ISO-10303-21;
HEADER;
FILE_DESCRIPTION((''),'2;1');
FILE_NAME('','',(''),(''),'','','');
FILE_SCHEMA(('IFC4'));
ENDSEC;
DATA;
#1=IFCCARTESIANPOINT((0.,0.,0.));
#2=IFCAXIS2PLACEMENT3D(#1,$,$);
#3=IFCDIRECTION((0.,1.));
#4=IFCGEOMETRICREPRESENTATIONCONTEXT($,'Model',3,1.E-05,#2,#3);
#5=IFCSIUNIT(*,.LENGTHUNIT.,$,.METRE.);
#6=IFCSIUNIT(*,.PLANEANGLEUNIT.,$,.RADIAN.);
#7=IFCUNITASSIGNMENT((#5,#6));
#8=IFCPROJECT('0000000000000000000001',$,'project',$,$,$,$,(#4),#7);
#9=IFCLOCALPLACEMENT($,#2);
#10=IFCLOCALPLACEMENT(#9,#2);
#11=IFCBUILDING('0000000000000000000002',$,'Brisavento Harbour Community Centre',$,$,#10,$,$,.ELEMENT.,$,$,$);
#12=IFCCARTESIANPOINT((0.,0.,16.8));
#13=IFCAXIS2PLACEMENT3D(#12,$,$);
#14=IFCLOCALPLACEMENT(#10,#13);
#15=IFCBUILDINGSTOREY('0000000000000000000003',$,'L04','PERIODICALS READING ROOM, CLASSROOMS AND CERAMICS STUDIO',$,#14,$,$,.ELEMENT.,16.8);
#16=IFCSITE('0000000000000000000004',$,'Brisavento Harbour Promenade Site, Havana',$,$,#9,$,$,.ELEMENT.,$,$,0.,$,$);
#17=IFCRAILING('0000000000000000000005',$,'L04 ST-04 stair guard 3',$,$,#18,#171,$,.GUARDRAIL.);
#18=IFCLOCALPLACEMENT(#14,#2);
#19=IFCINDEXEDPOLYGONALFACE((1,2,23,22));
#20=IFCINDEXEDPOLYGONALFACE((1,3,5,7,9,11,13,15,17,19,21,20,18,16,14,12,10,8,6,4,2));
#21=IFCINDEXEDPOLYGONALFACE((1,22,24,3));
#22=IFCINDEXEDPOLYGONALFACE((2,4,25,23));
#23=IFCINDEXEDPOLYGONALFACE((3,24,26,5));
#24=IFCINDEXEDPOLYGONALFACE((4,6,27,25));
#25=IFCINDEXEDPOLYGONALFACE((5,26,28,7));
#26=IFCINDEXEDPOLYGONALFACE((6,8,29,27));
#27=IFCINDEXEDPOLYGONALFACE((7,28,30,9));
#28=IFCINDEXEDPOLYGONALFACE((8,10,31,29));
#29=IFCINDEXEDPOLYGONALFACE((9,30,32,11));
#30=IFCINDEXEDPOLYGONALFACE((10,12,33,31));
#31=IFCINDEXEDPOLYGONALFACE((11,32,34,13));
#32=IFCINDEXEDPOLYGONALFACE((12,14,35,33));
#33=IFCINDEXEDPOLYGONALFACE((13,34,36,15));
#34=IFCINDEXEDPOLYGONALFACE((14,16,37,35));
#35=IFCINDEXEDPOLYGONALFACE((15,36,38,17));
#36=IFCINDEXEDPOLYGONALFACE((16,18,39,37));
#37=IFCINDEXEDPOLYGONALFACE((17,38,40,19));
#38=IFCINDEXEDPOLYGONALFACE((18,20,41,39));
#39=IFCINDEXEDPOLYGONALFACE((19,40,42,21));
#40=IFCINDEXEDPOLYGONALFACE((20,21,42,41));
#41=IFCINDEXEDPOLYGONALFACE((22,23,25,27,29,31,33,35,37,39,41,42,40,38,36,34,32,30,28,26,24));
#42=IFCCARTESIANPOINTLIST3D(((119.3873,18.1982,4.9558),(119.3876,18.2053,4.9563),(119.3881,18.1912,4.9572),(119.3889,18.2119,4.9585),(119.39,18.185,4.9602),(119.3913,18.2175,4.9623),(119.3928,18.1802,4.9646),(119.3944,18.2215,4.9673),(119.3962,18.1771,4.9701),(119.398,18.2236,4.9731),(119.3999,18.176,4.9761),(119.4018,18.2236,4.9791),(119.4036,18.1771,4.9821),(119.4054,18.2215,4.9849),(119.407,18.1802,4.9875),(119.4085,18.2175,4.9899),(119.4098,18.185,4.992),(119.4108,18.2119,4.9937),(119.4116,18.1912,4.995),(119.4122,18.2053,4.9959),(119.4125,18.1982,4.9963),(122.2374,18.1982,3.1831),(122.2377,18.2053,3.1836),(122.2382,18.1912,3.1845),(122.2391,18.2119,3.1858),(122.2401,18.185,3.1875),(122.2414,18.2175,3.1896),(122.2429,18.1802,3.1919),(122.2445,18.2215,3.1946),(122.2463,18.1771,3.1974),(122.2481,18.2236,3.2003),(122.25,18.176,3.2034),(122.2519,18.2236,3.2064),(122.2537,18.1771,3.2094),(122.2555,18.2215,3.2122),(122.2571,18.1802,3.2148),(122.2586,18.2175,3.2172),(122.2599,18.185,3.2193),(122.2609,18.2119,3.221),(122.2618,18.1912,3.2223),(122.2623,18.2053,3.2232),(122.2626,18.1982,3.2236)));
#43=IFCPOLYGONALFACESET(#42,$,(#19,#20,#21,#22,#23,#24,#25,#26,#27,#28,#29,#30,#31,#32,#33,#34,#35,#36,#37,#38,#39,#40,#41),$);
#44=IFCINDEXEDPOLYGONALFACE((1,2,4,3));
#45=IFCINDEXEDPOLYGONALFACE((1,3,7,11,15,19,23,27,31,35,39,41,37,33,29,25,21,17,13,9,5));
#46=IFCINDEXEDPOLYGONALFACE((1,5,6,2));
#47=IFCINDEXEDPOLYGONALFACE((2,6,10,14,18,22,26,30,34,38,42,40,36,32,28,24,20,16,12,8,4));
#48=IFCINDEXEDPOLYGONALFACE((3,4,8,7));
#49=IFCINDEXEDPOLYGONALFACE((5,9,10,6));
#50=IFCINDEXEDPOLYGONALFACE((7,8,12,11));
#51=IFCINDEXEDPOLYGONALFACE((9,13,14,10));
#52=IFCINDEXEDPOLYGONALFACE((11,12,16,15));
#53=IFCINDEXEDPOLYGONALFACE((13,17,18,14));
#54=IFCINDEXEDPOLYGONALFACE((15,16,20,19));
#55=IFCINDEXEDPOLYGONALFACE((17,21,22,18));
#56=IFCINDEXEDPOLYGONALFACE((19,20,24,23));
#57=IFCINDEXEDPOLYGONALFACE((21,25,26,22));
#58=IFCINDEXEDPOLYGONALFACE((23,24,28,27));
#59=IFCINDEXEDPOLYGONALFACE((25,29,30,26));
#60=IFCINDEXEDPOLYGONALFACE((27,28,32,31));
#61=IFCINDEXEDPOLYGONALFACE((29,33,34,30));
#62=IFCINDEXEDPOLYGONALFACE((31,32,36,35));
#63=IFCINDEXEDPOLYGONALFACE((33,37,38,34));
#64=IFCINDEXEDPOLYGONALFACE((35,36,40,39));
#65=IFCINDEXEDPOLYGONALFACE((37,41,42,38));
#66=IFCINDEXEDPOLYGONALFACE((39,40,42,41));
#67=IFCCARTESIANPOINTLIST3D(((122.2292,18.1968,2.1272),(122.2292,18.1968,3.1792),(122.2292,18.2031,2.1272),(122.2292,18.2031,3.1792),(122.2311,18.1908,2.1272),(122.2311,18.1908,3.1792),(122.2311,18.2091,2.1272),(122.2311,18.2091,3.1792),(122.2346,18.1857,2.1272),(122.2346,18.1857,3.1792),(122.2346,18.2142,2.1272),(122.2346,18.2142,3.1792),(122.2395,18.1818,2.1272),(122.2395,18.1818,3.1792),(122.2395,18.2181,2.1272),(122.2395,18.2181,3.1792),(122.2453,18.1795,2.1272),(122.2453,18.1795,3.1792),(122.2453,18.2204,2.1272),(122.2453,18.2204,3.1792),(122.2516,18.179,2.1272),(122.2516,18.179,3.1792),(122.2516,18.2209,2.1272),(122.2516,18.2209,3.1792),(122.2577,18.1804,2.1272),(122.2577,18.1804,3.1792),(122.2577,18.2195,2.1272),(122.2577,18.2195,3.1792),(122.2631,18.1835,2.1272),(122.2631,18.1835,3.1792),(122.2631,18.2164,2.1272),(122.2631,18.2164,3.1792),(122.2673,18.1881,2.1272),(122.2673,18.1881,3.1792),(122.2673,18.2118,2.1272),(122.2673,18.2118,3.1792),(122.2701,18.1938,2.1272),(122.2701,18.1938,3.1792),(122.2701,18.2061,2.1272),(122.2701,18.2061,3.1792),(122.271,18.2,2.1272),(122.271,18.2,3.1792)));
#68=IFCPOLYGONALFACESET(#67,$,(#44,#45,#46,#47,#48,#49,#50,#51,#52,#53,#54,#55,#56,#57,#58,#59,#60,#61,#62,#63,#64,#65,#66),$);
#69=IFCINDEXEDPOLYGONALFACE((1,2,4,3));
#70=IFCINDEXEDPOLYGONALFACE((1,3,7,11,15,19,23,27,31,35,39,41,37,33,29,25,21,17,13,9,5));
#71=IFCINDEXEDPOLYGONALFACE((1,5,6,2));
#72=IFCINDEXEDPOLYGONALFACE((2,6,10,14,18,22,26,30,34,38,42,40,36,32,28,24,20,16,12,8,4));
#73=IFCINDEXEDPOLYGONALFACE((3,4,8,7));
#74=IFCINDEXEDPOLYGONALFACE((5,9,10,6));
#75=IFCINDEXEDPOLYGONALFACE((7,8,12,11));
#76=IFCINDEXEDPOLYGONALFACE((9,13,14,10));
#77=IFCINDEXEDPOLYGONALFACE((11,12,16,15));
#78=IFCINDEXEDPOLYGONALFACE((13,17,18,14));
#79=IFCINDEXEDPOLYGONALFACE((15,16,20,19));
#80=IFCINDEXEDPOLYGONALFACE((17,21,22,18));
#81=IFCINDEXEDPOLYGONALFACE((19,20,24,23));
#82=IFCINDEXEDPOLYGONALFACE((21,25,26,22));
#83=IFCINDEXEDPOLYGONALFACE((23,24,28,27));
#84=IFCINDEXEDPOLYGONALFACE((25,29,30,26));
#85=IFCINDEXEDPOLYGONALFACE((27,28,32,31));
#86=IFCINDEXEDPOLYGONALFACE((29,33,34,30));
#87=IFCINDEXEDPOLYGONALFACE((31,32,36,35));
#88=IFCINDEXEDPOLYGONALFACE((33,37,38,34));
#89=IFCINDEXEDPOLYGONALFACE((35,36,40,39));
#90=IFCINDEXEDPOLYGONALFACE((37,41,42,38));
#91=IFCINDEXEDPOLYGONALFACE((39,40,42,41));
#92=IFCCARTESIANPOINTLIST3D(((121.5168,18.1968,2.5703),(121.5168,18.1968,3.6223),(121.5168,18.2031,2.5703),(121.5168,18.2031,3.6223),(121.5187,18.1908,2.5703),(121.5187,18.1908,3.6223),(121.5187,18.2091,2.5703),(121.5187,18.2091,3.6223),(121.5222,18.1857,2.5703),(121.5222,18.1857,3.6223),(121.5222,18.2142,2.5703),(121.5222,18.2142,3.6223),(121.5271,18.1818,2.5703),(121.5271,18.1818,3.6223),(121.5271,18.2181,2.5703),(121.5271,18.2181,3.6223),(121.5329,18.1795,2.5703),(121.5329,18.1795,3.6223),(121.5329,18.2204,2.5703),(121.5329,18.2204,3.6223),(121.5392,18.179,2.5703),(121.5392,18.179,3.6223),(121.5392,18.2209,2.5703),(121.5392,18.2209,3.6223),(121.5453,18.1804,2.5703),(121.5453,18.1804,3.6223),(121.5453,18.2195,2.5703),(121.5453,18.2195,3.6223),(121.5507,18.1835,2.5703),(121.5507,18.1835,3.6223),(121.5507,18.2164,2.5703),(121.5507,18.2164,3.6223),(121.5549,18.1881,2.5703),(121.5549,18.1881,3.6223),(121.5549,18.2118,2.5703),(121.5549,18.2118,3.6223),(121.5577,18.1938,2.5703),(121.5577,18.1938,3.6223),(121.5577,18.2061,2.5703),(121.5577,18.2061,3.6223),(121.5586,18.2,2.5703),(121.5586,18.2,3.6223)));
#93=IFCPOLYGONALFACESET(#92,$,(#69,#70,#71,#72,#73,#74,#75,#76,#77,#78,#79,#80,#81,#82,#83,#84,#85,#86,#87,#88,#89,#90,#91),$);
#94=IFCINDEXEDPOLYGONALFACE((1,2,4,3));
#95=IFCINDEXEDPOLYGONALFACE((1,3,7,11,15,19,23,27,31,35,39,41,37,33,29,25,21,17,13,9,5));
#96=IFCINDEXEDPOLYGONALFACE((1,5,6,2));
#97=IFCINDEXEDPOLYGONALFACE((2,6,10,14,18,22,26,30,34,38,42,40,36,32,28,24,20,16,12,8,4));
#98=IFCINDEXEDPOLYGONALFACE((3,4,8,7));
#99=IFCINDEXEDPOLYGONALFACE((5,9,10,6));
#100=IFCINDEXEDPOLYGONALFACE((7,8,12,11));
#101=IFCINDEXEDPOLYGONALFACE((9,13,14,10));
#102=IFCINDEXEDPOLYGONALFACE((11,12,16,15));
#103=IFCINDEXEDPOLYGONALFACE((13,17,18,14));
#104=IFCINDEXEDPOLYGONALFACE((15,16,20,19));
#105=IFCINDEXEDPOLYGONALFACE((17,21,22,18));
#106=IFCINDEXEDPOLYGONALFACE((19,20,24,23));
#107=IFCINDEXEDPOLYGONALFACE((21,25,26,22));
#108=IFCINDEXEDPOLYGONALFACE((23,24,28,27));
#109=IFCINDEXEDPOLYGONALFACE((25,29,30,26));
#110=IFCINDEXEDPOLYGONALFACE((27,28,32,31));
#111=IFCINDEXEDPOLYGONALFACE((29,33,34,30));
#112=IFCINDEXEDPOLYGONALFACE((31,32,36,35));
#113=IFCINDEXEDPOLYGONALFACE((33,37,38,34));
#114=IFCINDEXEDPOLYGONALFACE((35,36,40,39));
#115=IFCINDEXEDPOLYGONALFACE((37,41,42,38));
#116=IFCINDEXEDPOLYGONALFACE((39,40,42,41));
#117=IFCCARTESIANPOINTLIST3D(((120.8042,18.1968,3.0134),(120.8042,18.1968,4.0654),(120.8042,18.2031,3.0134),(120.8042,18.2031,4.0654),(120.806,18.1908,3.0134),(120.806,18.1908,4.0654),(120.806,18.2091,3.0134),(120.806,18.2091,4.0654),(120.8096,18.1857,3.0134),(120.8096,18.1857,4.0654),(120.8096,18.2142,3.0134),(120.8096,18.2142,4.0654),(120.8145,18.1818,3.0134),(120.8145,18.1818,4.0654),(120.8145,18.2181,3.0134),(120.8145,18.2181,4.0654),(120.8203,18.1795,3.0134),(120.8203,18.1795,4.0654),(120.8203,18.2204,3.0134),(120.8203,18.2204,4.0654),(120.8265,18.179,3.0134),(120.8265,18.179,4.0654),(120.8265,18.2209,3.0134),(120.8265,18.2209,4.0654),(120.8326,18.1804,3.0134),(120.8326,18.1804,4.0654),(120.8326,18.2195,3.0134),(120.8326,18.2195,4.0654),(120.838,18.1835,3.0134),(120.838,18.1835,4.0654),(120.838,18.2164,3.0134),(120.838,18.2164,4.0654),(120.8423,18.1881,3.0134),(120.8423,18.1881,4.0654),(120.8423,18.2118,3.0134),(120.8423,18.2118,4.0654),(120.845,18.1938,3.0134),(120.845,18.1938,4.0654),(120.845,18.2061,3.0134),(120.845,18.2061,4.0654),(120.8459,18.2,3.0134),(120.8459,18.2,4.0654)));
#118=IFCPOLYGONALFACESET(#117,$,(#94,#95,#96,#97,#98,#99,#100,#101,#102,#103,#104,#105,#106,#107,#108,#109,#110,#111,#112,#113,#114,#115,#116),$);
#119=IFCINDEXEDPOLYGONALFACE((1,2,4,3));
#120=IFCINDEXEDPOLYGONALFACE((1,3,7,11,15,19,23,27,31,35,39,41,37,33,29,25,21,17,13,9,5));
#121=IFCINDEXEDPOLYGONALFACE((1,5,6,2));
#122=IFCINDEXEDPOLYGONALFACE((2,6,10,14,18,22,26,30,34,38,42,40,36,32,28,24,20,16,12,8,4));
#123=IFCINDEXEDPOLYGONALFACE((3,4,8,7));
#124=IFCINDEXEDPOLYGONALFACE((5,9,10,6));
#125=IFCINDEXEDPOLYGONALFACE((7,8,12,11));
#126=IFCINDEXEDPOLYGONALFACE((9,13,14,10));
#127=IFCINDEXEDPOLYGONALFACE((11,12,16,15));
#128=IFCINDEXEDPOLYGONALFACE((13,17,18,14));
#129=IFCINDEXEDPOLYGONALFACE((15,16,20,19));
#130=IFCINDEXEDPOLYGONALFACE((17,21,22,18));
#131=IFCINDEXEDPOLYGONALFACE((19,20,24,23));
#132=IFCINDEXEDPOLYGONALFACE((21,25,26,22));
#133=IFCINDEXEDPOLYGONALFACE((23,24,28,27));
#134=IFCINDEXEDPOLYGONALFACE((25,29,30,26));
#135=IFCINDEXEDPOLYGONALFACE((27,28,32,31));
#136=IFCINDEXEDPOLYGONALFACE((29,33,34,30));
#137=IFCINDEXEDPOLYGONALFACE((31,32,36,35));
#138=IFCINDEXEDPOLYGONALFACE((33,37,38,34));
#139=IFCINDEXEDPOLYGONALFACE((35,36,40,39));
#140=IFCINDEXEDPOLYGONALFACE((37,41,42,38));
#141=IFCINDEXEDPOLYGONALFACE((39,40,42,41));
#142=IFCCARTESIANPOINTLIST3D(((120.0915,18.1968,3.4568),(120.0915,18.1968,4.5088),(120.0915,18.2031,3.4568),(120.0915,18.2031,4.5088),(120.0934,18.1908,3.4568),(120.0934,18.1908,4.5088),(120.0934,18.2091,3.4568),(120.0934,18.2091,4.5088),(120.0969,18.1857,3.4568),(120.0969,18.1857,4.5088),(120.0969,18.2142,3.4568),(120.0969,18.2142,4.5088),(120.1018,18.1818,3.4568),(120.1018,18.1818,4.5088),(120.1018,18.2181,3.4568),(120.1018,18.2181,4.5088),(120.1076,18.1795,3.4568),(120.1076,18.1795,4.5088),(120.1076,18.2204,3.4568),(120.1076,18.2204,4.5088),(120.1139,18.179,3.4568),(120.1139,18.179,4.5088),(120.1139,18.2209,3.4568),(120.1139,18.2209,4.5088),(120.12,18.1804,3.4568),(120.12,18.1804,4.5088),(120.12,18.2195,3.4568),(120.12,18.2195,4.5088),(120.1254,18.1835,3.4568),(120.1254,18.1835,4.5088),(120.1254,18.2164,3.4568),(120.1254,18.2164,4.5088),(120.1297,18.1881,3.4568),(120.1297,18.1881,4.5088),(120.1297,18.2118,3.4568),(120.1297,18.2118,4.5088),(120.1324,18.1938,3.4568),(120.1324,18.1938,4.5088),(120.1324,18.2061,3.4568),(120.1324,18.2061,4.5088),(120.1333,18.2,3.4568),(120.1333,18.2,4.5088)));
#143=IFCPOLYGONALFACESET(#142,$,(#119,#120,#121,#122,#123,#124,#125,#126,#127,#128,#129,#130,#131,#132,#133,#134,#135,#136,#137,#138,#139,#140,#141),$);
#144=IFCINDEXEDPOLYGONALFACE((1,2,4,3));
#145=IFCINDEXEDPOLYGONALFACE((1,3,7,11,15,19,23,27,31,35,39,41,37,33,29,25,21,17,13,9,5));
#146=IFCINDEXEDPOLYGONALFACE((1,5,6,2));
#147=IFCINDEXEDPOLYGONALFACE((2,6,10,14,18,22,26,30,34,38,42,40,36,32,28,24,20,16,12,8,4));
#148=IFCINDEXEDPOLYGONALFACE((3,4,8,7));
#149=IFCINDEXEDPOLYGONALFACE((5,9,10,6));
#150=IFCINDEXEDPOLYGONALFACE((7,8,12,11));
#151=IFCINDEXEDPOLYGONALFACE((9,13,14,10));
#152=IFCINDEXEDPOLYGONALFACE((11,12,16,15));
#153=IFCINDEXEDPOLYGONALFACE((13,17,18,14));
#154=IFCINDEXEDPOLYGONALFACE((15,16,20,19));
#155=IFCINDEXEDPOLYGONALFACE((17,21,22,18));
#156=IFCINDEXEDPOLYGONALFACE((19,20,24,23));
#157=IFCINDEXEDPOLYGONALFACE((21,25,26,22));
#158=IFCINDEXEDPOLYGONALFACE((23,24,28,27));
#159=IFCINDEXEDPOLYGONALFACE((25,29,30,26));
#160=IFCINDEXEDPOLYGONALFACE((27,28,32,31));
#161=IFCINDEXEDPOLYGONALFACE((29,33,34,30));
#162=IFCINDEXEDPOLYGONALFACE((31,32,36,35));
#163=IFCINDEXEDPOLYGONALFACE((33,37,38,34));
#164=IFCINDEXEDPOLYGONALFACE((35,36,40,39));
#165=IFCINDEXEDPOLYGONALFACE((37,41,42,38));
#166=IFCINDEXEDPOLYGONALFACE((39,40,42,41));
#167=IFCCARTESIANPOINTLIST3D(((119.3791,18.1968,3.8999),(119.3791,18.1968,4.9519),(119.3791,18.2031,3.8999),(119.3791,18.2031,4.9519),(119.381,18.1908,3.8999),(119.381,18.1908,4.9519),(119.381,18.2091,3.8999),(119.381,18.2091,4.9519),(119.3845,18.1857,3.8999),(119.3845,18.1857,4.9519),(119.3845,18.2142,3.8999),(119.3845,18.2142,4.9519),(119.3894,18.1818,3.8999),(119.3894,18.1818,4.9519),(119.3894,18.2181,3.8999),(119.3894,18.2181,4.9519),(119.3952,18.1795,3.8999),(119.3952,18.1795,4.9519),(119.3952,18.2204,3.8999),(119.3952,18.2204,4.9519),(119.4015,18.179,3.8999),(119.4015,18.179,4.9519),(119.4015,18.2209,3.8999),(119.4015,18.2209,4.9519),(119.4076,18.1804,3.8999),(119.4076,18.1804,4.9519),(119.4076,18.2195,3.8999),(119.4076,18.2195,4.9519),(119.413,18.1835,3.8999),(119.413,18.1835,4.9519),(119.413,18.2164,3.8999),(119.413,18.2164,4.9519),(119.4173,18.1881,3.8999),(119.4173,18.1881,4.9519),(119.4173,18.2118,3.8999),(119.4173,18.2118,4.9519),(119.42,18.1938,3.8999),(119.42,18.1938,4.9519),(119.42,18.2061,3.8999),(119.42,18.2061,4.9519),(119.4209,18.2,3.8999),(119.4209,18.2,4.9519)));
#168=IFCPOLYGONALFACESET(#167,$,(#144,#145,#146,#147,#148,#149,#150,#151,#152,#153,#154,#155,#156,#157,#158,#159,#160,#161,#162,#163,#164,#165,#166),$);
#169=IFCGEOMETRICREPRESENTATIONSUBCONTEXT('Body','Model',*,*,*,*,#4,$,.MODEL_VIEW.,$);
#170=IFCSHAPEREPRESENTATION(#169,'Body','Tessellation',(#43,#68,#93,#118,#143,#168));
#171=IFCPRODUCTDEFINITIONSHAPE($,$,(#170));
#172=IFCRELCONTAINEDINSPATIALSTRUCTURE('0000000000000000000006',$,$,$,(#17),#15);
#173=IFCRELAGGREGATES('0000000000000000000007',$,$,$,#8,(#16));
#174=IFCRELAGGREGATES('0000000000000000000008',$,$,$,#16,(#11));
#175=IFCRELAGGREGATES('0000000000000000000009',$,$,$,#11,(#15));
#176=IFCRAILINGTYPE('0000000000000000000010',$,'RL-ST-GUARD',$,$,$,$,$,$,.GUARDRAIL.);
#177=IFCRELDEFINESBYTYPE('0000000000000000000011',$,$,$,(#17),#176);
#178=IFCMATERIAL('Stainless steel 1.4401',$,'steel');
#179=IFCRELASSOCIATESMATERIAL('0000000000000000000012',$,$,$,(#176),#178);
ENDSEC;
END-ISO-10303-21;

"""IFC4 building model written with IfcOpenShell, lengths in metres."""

from ifc_helpers import new_model, si_unit, direction, frame, origin, origin_2d, place, context, subcontext, project, spatial, circle, extrude, material, type_object, element, save


model = new_model("IFC4")

# Units and contexts
model_context = context("Model", 3, precision=1e-05, world=origin(), true_north=direction((0.0, 1.0)))
body_context = subcontext(model_context, "Body", "Model", "MODEL_VIEW")
ifc_project = project(units=[si_unit("LENGTHUNIT", "METRE"), si_unit("PLANEANGLEUNIT", "RADIAN")], contexts=[model_context])

# Site, building, storey
site_placement = place(None, origin())
site = spatial("IfcSite", under=ifc_project, at=site_placement, Name="Brisavento Harbour Promenade Site, Havana", CompositionType="ELEMENT", RefElevation=0.0)
building_placement = place(site_placement, origin())
building = spatial("IfcBuilding", under=site, at=building_placement, Name="Brisavento Harbour Community Centre", CompositionType="ELEMENT")
storey_placement = place(building_placement, frame((0.0, 0.0, 16.8)))
storey = spatial("IfcBuildingStorey", under=building, at=storey_placement, Name="L04", Description="PERIODICALS READING ROOM, CLASSROOMS AND CERAMICS STUDIO", CompositionType="ELEMENT", Elevation=16.8)

# Shared definitions
ifc_material_1 = material(Name="Stainless steel 1.4401", Category="steel")

# Railing
railing_type_1 = type_object("IfcRailingType", Name="RL-ST-GUARD", PredefinedType="GUARDRAIL", material=ifc_material_1)
railing_1_placement = place(storey_placement, frame((122.25, 18.2, 2.1272)))
element("IfcRailing", 1, at=railing_1_placement, inside=storey, type_object=railing_type_1, Name="L04 ST-04 stair guard 3", PredefinedType="GUARDRAIL", context=body_context, shape_type="SweptSolid", body=[
    extrude(circle(Radius=0.0239, at=origin_2d()), frame((0.0, 0.0, 1.0762), z_axis=(-0.849149, 0.0, 0.528154), x_axis=(0.0, -1.0, 0.0)), (0.0, 0.0, 1.0), 3.3564),
    extrude(circle(Radius=0.021, at=origin_2d()), origin(), (0.0, 0.0, 1.0), 1.052),
    extrude(circle(Radius=0.021, at=origin_2d()), frame((-0.7124, 0.0, 0.4431)), (0.0, 0.0, 1.0), 1.052),
    extrude(circle(Radius=0.021, at=origin_2d()), frame((-1.425, 0.0, 0.8862)), (0.0, 0.0, 1.0), 1.052),
    extrude(circle(Radius=0.021, at=origin_2d()), frame((-2.1377, 0.0, 1.3296)), (0.0, 0.0, 1.0), 1.052),
    extrude(circle(Radius=0.021, at=origin_2d()), frame((-2.8501, 0.0, 1.7727)), (0.0, 0.0, 1.0), 1.052),
])

save(model, "model.ifc")
